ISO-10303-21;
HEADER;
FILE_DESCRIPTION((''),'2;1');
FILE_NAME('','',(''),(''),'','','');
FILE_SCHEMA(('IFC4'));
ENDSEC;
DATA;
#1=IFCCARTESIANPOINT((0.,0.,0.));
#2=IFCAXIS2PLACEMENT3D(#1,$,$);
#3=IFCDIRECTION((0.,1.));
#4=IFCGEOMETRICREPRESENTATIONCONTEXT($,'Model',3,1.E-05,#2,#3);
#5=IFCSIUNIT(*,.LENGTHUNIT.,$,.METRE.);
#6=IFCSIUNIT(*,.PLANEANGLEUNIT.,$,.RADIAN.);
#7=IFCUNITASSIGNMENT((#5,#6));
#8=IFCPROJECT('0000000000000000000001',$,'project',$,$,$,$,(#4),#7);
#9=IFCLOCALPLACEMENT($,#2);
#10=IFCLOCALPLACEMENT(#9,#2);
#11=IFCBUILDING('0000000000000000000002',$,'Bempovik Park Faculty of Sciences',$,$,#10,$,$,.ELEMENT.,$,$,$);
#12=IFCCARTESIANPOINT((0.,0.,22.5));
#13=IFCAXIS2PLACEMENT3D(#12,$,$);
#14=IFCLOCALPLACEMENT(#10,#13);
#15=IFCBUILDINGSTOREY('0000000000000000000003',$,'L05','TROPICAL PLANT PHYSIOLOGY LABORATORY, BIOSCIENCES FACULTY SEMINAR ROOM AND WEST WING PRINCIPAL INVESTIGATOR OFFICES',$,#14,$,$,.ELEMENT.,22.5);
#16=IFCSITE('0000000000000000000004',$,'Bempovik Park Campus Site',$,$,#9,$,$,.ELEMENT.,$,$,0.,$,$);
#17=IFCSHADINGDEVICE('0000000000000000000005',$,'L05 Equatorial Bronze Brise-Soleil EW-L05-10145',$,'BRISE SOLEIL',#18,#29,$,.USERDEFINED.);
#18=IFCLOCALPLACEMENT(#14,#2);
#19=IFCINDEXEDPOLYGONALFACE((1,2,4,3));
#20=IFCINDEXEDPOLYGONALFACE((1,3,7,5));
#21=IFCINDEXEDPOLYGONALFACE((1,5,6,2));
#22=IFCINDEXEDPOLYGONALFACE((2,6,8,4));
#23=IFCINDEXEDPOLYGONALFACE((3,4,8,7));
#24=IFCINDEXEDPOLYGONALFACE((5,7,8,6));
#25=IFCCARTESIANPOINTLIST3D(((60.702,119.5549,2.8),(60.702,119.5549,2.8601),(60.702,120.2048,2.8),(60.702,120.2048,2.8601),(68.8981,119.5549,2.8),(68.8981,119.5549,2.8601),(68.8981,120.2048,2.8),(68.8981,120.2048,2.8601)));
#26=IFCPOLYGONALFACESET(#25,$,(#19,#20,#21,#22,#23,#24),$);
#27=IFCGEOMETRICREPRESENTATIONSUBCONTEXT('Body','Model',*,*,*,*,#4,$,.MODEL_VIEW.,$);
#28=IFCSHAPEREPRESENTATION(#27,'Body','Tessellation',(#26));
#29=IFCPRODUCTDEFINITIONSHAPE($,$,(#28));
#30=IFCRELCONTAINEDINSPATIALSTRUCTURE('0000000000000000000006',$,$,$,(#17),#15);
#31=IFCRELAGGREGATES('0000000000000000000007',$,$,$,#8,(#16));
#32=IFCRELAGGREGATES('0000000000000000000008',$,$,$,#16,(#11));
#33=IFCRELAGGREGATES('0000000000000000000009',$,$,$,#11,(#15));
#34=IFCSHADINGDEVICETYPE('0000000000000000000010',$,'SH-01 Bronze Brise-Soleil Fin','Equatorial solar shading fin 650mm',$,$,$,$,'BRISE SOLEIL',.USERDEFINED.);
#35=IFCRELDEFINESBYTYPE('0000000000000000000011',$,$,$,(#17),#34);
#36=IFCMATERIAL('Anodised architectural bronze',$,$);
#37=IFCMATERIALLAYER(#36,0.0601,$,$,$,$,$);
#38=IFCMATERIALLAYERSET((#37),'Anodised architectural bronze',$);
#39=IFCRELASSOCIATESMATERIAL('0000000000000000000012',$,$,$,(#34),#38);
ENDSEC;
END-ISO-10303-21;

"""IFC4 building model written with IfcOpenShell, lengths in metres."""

from ifc_helpers import new_model, si_unit, direction, frame, origin, origin_2d, place, context, subcontext, project, spatial, rectangle, extrude, material, layer, layer_set, type_object, element, save


model = new_model("IFC4")

# Units and contexts
model_context = context("Model", 3, precision=1e-05, world=origin(), true_north=direction((0.0, 1.0)))
body_context = subcontext(model_context, "Body", "Model", "MODEL_VIEW")
ifc_project = project(units=[si_unit("LENGTHUNIT", "METRE"), si_unit("PLANEANGLEUNIT", "RADIAN")], contexts=[model_context])

# Site, building, storey
site_placement = place(None, origin())
site = spatial("IfcSite", under=ifc_project, at=site_placement, Name="Bempovik Park Campus Site", CompositionType="ELEMENT", RefElevation=0.0)
building_placement = place(site_placement, origin())
building = spatial("IfcBuilding", under=site, at=building_placement, Name="Bempovik Park Faculty of Sciences", CompositionType="ELEMENT")
storey_placement = place(building_placement, frame((0.0, 0.0, 22.5)))
storey = spatial("IfcBuildingStorey", under=building, at=storey_placement, Name="L05", Description="TROPICAL PLANT PHYSIOLOGY LABORATORY, BIOSCIENCES FACULTY SEMINAR ROOM AND WEST WING PRINCIPAL INVESTIGATOR OFFICES", CompositionType="ELEMENT", Elevation=22.5)

# Shading device
ifc_material_1 = material(Name="Anodised architectural bronze")
ifc_layer_1 = layer(ifc_material_1, 0.0601)
ifc_layer_set_1 = layer_set([ifc_layer_1], Name="Anodised architectural bronze")
shading_device_type = type_object("IfcShadingDeviceType", Name="SH-01 Bronze Brise-Soleil Fin", Description="Equatorial solar shading fin 650mm", ElementType="BRISE SOLEIL", PredefinedType="USERDEFINED", material=ifc_layer_set_1)
shading_device_placement = place(storey_placement, frame((64.8, 119.8799, 2.8), z_axis=(0.0, 0.0, 1.0), x_axis=(1.0, 0.0, 0.0)))
element("IfcShadingDevice", 1, at=shading_device_placement, inside=storey, type_object=shading_device_type, Name="L05 Equatorial Bronze Brise-Soleil EW-L05-10145", ObjectType="BRISE SOLEIL", PredefinedType="USERDEFINED", context=body_context, shape_type="SweptSolid", body=[
    extrude(rectangle(XDim=8.196, YDim=0.6499, at=origin_2d()), origin(), (0.0, 0.0, 1.0), 0.0601),
])

save(model, "model.ifc")
